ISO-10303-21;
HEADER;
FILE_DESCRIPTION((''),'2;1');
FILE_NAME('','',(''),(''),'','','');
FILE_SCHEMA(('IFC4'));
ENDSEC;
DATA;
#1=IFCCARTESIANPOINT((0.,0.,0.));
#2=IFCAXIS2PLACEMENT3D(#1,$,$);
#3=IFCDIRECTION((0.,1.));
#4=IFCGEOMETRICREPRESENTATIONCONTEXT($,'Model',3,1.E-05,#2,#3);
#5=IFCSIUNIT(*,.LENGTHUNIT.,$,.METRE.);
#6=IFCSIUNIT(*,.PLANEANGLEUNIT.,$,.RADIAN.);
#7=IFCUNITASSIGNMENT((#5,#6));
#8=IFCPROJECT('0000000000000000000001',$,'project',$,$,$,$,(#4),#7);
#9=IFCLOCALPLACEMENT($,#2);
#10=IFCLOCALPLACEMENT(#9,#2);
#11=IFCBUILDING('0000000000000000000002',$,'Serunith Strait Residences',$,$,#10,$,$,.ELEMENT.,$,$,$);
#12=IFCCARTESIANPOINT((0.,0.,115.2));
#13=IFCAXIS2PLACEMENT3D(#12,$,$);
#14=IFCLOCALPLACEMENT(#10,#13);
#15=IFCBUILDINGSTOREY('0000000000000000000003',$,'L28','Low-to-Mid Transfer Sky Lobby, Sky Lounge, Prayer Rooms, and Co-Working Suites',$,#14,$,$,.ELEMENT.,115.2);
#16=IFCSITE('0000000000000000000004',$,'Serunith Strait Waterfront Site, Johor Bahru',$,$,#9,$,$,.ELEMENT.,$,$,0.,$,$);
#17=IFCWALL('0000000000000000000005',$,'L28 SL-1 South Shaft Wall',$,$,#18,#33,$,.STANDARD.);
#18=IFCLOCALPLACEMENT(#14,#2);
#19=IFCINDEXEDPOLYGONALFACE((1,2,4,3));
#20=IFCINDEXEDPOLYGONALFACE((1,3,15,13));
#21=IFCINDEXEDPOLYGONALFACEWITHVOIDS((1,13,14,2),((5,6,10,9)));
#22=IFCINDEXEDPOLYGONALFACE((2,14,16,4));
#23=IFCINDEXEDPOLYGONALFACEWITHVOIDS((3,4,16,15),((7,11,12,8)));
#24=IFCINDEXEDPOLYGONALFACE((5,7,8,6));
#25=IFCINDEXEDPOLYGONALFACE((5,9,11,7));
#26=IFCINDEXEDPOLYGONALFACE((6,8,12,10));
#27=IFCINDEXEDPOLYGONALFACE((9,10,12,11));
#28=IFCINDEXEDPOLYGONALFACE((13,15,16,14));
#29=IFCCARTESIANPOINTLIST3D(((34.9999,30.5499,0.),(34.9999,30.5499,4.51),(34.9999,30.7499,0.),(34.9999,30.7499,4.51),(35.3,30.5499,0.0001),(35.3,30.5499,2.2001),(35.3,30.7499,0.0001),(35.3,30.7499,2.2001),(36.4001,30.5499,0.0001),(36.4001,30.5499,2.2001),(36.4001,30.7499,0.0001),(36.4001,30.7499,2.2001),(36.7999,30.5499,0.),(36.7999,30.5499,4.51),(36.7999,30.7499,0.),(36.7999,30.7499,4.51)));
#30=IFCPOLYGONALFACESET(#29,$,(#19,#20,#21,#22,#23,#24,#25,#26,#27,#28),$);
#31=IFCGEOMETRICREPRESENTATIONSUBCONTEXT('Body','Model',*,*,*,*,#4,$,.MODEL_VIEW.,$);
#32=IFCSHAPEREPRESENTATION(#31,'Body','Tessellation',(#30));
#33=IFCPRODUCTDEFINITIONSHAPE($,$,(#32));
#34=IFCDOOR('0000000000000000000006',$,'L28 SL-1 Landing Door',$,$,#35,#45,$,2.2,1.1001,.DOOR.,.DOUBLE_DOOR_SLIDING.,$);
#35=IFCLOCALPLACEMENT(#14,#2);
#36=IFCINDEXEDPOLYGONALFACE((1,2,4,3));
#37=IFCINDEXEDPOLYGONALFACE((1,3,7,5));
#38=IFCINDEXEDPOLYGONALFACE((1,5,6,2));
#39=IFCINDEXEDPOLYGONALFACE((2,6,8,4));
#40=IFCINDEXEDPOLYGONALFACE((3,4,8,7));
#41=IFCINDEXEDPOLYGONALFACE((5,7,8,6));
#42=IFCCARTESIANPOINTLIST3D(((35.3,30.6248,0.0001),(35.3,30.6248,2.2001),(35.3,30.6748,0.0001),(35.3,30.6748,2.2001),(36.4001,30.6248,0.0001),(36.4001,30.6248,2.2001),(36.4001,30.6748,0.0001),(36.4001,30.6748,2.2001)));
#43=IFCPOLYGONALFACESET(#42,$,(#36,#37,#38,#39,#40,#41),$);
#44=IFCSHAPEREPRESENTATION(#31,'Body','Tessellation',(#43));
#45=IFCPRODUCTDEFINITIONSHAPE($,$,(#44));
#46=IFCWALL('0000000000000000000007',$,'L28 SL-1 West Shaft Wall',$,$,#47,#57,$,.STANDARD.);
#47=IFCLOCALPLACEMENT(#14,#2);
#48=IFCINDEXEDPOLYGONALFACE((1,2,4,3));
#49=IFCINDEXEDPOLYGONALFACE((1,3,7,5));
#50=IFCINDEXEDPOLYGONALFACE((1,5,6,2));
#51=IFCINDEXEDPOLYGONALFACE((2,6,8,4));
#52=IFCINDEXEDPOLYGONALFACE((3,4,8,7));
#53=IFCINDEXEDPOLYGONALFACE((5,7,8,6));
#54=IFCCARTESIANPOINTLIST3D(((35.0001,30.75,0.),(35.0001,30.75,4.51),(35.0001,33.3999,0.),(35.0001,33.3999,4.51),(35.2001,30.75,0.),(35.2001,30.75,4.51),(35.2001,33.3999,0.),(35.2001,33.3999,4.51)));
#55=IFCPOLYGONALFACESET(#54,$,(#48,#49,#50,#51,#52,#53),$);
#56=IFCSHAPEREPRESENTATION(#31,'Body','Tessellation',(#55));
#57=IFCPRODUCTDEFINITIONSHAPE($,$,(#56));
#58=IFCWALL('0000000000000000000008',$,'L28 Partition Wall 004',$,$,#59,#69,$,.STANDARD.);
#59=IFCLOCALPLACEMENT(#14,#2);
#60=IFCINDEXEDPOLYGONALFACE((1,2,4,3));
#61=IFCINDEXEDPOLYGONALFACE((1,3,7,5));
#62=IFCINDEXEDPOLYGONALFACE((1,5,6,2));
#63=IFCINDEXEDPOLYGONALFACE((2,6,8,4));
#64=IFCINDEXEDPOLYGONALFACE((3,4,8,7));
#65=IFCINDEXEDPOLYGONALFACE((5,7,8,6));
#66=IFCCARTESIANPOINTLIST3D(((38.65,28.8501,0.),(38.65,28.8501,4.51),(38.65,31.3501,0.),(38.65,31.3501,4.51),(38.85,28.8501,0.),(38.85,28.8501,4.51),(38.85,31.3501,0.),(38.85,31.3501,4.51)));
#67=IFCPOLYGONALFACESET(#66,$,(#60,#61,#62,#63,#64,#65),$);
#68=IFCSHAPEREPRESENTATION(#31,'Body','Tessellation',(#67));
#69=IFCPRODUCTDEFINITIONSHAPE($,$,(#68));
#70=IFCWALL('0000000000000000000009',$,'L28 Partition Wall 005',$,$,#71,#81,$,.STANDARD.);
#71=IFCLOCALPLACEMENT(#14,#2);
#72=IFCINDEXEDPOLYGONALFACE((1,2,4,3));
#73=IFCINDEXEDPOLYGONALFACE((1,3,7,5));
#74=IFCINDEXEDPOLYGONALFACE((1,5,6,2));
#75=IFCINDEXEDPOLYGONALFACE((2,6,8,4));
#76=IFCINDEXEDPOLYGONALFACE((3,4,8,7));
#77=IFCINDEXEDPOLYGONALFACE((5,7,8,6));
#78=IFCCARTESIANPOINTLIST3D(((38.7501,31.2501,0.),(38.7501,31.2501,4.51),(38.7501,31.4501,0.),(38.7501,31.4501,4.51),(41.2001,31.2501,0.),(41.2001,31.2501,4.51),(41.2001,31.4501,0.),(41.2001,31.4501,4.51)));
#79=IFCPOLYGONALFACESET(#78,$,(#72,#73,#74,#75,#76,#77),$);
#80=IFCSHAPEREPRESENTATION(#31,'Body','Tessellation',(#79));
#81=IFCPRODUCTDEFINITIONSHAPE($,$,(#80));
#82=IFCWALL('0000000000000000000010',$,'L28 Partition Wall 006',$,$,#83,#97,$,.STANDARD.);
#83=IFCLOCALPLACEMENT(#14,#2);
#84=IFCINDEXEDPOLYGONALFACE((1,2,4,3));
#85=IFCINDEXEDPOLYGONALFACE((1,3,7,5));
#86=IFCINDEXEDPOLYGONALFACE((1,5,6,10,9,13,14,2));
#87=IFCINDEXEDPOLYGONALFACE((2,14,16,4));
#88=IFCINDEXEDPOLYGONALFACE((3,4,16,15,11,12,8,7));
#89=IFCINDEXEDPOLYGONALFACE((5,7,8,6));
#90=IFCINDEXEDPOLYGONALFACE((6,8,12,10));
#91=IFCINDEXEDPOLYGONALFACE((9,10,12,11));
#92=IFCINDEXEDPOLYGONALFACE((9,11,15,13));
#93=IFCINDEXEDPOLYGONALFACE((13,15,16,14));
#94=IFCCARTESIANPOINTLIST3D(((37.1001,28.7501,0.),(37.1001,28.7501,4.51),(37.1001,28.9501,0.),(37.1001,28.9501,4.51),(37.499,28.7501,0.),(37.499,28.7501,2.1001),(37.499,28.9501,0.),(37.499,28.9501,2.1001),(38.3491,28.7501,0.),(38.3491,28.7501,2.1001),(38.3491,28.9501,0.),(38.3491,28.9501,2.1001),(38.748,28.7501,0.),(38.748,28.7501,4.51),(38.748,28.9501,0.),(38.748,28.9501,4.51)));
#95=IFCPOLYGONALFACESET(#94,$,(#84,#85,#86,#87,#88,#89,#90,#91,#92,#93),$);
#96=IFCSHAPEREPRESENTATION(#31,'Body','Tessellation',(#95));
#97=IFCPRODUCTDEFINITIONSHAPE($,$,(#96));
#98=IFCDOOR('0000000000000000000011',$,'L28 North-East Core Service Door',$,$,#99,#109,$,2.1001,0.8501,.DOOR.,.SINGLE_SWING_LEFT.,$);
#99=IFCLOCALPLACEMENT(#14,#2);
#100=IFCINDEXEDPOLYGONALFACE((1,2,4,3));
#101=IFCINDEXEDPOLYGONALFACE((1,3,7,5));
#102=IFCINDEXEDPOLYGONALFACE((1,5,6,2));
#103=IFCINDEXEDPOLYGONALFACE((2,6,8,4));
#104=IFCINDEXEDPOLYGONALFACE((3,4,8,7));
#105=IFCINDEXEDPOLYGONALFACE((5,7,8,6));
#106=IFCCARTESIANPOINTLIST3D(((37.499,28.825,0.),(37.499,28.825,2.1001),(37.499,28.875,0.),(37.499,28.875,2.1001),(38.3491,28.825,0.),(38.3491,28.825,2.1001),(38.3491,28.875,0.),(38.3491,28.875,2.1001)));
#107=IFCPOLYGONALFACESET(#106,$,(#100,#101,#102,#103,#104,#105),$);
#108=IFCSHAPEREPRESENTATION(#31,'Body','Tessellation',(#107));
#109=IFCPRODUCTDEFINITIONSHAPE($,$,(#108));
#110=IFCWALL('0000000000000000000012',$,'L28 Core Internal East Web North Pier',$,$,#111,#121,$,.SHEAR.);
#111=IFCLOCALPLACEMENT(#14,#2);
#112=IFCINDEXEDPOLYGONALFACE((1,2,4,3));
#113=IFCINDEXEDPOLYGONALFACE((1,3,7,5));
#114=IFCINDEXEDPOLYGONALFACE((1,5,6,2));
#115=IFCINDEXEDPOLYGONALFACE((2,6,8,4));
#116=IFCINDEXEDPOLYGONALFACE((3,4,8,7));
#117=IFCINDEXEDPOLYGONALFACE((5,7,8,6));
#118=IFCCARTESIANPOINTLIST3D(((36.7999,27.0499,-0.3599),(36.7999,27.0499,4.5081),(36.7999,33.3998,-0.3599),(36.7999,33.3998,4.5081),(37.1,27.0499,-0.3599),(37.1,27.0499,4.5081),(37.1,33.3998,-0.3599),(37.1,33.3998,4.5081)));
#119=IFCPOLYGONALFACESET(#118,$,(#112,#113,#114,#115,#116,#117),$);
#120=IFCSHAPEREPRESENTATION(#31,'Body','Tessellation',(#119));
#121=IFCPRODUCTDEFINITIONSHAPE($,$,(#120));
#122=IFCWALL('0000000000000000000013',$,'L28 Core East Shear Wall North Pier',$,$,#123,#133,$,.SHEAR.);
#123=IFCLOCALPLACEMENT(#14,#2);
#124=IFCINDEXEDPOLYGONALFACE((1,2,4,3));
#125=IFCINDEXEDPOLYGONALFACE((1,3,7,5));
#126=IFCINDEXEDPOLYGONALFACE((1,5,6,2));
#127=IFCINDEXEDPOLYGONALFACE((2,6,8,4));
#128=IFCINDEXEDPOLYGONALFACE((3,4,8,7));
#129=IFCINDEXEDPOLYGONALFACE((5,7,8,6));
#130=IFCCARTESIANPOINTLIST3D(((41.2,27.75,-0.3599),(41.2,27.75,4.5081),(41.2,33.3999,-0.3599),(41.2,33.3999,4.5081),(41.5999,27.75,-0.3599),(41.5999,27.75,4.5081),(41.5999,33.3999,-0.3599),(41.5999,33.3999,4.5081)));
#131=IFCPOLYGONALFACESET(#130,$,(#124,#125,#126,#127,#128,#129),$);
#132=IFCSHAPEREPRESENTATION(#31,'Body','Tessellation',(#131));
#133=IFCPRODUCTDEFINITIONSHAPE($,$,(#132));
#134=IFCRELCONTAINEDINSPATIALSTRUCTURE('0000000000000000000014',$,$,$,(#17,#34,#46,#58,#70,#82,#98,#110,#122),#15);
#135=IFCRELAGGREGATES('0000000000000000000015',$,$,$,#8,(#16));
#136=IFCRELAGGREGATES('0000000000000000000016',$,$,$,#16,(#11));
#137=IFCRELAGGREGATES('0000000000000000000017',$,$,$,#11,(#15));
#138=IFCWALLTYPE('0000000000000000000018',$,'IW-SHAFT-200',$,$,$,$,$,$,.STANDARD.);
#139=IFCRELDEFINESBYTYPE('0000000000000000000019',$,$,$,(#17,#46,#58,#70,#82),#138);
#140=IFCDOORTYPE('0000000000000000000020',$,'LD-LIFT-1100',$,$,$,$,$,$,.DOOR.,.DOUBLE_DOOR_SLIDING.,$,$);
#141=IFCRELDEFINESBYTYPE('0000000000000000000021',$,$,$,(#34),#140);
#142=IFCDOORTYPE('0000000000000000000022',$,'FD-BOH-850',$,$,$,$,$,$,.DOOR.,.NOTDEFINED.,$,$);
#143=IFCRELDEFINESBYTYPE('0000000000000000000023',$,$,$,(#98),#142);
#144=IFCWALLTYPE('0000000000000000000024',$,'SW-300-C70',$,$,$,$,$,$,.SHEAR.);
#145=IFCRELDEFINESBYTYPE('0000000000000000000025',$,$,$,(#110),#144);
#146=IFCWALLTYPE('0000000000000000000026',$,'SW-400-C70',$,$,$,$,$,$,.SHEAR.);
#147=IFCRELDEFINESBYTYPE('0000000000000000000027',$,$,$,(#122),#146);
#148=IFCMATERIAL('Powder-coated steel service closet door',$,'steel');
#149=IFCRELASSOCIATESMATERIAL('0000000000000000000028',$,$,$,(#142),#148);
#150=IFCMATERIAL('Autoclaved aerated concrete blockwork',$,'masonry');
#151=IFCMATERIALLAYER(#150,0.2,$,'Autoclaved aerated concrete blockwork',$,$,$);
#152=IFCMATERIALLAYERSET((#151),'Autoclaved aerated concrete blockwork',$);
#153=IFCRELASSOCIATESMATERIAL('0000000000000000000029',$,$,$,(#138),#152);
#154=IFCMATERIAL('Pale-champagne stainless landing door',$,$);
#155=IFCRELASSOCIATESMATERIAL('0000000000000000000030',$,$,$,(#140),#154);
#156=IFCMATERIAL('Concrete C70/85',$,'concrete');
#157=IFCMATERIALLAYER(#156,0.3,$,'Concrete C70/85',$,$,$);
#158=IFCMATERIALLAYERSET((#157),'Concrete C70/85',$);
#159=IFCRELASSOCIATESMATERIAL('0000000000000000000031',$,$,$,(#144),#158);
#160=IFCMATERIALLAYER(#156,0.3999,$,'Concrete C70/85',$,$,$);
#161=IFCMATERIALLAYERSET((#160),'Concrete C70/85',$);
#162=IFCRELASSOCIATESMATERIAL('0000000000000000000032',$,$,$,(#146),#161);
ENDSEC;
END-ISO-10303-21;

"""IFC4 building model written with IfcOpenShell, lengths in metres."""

from ifc_helpers import new_model, si_unit, direction, frame, frame_2d, origin, place, context, subcontext, project, spatial, rectangle, extrude, source, transform, mapped, material, layer, layer_set, type_object, element, fill, save


model = new_model("IFC4")

# Units and contexts
model_context = context("Model", 3, precision=1e-05, world=origin(), true_north=direction((0.0, 1.0)))
body_context = subcontext(model_context, "Body", "Model", "MODEL_VIEW")
ifc_project = project(units=[si_unit("LENGTHUNIT", "METRE"), si_unit("PLANEANGLEUNIT", "RADIAN")], contexts=[model_context])

# Site, building, storey
site_placement = place(None, origin())
site = spatial("IfcSite", under=ifc_project, at=site_placement, Name="Serunith Strait Waterfront Site, Johor Bahru", CompositionType="ELEMENT", RefElevation=0.0)
building_placement = place(site_placement, origin())
building = spatial("IfcBuilding", under=site, at=building_placement, Name="Serunith Strait Residences", CompositionType="ELEMENT")
storey_placement = place(building_placement, frame((0.0, 0.0, 115.2)))
storey = spatial("IfcBuildingStorey", under=building, at=storey_placement, Name="L28", Description="Low-to-Mid Transfer Sky Lobby, Sky Lounge, Prayer Rooms, and Co-Working Suites", CompositionType="ELEMENT", Elevation=115.2)

# Shared definitions
ifc_material_1 = material(Name="Powder-coated steel service closet door", Category="steel")
door_type_1 = type_object("IfcDoorType", Name="FD-BOH-850", OperationType="NOTDEFINED", PredefinedType="DOOR", material=ifc_material_1)
shared_shape_1 = source(origin(), body_context, "Body", "SweptSolid", [
    extrude(rectangle(XDim=0.8501, YDim=2.1001, at=frame_2d((0.425, 1.05))), frame((0.0, 0.0249, 0.0), z_axis=(0.0, -1.0, 0.0), x_axis=(1.0, 0.0, 0.0)), (0.0, 0.0, 1.0), 0.05),
])
ifc_material_2 = material(Name="Autoclaved aerated concrete blockwork", Category="masonry")
ifc_layer_1 = layer(ifc_material_2, 0.2, Name="Autoclaved aerated concrete blockwork")
ifc_layer_set_1 = layer_set([ifc_layer_1], Name="Autoclaved aerated concrete blockwork")
wall_type_1 = type_object("IfcWallType", Name="IW-SHAFT-200", PredefinedType="STANDARD", material=ifc_layer_set_1)

# Wall, opening, door
ifc_material_3 = material(Name="Pale-champagne stainless landing door")
door_type_2 = type_object("IfcDoorType", Name="LD-LIFT-1100", OperationType="DOUBLE_DOOR_SLIDING", PredefinedType="DOOR", material=ifc_material_3)
shared_shape_2 = source(origin(), body_context, "Body", "SweptSolid", [
    extrude(rectangle(XDim=1.1001, YDim=2.2, at=frame_2d((0.55, 1.1001))), frame((0.0, 0.0249, 0.0), z_axis=(0.0, -1.0, 0.0), x_axis=(1.0, 0.0, 0.0)), (0.0, 0.0, 1.0), 0.05),
])
wall_1_placement = place(storey_placement, frame((35.0, 30.6499, 0.0), z_axis=(0.0, 0.0, 1.0), x_axis=(1.0, 0.0, 0.0)))
wall_1 = element("IfcWall", 1, at=wall_1_placement, inside=storey, type_object=wall_type_1, Name="L28 SL-1 South Shaft Wall", PredefinedType="STANDARD", context=body_context, shape_type="SweptSolid", body=[
    extrude(rectangle(XDim=1.8, YDim=0.2, at=frame_2d((0.8999, 0.0))), origin(), (0.0, 0.0, 1.0), 4.51),
])
opening_1_placement = place(wall_1_placement, frame((0.3, 0.0, 0.0)))
opening_1 = element("IfcOpeningElement", 2, at=opening_1_placement, cuts=wall_1, PredefinedType="OPENING", context=body_context, shape_type="SweptSolid", body=[
    extrude(rectangle(XDim=1.1001, YDim=2.2, at=frame_2d((0.55, 1.1001))), frame((0.0, 0.1099, 0.0), z_axis=(0.0, -1.0, 0.0), x_axis=(1.0, 0.0, 0.0)), (0.0, 0.0, 1.0), 0.22),
])
door_1_placement = place(opening_1_placement, origin())
door_1 = element("IfcDoor", 3, at=door_1_placement, inside=storey, type_object=door_type_2, Name="L28 SL-1 Landing Door", OperationType="DOUBLE_DOOR_SLIDING", OverallHeight=2.2, OverallWidth=1.1001, PredefinedType="DOOR", context=body_context, shape_type="MappedRepresentation", body=[
    mapped(shared_shape_2, transform((0.0, 0.0, 0.0), scale=1.0)),
])
fill(opening_1, door_1)

# Walls
wall_2_placement = place(storey_placement, frame((35.1001, 30.75, 0.0), z_axis=(0.0, 0.0, 1.0), x_axis=(0.0, 1.0, 0.0)))
element("IfcWall", 4, at=wall_2_placement, inside=storey, type_object=wall_type_1, Name="L28 SL-1 West Shaft Wall", PredefinedType="STANDARD", context=body_context, shape_type="SweptSolid", body=[
    extrude(rectangle(XDim=2.6499, YDim=0.2, at=frame_2d((1.325, 0.0))), origin(), (0.0, 0.0, 1.0), 4.51),
])
wall_3_placement = place(storey_placement, frame((38.75, 28.8501, 0.0), z_axis=(0.0, 0.0, 1.0), x_axis=(0.0, 1.0, 0.0)))
element("IfcWall", 5, at=wall_3_placement, inside=storey, type_object=wall_type_1, Name="L28 Partition Wall 004", PredefinedType="STANDARD", context=body_context, shape_type="SweptSolid", body=[
    extrude(rectangle(XDim=2.5, YDim=0.2, at=frame_2d((1.25, 0.0))), origin(), (0.0, 0.0, 1.0), 4.51),
])
wall_4_placement = place(storey_placement, frame((38.75, 31.3501, 0.0), z_axis=(0.0, 0.0, 1.0), x_axis=(1.0, 0.0, 0.0)))
element("IfcWall", 6, at=wall_4_placement, inside=storey, type_object=wall_type_1, Name="L28 Partition Wall 005", PredefinedType="STANDARD", context=body_context, shape_type="SweptSolid", body=[
    extrude(rectangle(XDim=2.45, YDim=0.2, at=frame_2d((1.2251, 0.0))), origin(), (0.0, 0.0, 1.0), 4.51),
])

# Wall, opening, door
wall_5_placement = place(storey_placement, frame((37.1001, 28.8501, 0.0), z_axis=(0.0, 0.0, 1.0), x_axis=(1.0, 0.0, 0.0)))
wall_5 = element("IfcWall", 7, at=wall_5_placement, inside=storey, type_object=wall_type_1, Name="L28 Partition Wall 006", PredefinedType="STANDARD", context=body_context, shape_type="SweptSolid", body=[
    extrude(rectangle(XDim=1.6479, YDim=0.2, at=frame_2d((0.824, 0.0))), origin(), (0.0, 0.0, 1.0), 4.51),
])
opening_2_placement = place(wall_5_placement, frame((0.3989, 0.0, 0.0)))
opening_2 = element("IfcOpeningElement", 8, at=opening_2_placement, cuts=wall_5, PredefinedType="OPENING", context=body_context, shape_type="SweptSolid", body=[
    extrude(rectangle(XDim=0.8501, YDim=2.1001, at=frame_2d((0.425, 1.05))), frame((0.0, 0.1099, 0.0), z_axis=(0.0, -1.0, 0.0), x_axis=(1.0, 0.0, 0.0)), (0.0, 0.0, 1.0), 0.22),
])
door_2_placement = place(opening_2_placement, origin())
door_2 = element("IfcDoor", 9, at=door_2_placement, inside=storey, type_object=door_type_1, Name="L28 North-East Core Service Door", OperationType="SINGLE_SWING_LEFT", OverallHeight=2.1001, OverallWidth=0.8501, PredefinedType="DOOR", context=body_context, shape_type="MappedRepresentation", body=[
    mapped(shared_shape_1, transform((0.0, 0.0, 0.0), scale=1.0)),
])
fill(opening_2, door_2)

# Walls
ifc_material_4 = material(Name="Concrete C70/85", Category="concrete")
ifc_layer_2 = layer(ifc_material_4, 0.3, Name="Concrete C70/85")
ifc_layer_set_2 = layer_set([ifc_layer_2], Name="Concrete C70/85")
wall_type_2 = type_object("IfcWallType", Name="SW-300-C70", PredefinedType="SHEAR", material=ifc_layer_set_2)
wall_6_placement = place(storey_placement, frame((36.95, 27.05, -0.3599), z_axis=(0.0, 0.0, 1.0), x_axis=(0.0, 1.0, 0.0)))
element("IfcWall", 10, at=wall_6_placement, inside=storey, type_object=wall_type_2, Name="L28 Core Internal East Web North Pier", PredefinedType="SHEAR", context=body_context, shape_type="SweptSolid", body=[
    extrude(rectangle(XDim=6.3499, YDim=0.3, at=frame_2d((3.1748, 0.0))), origin(), (0.0, 0.0, 1.0), 4.8679),
])
ifc_layer_3 = layer(ifc_material_4, 0.3999, Name="Concrete C70/85")
ifc_layer_set_3 = layer_set([ifc_layer_3], Name="Concrete C70/85")
wall_type_3 = type_object("IfcWallType", Name="SW-400-C70", PredefinedType="SHEAR", material=ifc_layer_set_3)
wall_7_placement = place(storey_placement, frame((41.3999, 27.75, -0.3599), z_axis=(0.0, 0.0, 1.0), x_axis=(0.0, 1.0, 0.0)))
element("IfcWall", 11, at=wall_7_placement, inside=storey, type_object=wall_type_3, Name="L28 Core East Shear Wall North Pier", PredefinedType="SHEAR", context=body_context, shape_type="SweptSolid", body=[
    extrude(rectangle(XDim=5.6499, YDim=0.3999, at=frame_2d((2.825, 0.0))), origin(), (0.0, 0.0, 1.0), 4.8679),
])

save(model, "model.ifc")
